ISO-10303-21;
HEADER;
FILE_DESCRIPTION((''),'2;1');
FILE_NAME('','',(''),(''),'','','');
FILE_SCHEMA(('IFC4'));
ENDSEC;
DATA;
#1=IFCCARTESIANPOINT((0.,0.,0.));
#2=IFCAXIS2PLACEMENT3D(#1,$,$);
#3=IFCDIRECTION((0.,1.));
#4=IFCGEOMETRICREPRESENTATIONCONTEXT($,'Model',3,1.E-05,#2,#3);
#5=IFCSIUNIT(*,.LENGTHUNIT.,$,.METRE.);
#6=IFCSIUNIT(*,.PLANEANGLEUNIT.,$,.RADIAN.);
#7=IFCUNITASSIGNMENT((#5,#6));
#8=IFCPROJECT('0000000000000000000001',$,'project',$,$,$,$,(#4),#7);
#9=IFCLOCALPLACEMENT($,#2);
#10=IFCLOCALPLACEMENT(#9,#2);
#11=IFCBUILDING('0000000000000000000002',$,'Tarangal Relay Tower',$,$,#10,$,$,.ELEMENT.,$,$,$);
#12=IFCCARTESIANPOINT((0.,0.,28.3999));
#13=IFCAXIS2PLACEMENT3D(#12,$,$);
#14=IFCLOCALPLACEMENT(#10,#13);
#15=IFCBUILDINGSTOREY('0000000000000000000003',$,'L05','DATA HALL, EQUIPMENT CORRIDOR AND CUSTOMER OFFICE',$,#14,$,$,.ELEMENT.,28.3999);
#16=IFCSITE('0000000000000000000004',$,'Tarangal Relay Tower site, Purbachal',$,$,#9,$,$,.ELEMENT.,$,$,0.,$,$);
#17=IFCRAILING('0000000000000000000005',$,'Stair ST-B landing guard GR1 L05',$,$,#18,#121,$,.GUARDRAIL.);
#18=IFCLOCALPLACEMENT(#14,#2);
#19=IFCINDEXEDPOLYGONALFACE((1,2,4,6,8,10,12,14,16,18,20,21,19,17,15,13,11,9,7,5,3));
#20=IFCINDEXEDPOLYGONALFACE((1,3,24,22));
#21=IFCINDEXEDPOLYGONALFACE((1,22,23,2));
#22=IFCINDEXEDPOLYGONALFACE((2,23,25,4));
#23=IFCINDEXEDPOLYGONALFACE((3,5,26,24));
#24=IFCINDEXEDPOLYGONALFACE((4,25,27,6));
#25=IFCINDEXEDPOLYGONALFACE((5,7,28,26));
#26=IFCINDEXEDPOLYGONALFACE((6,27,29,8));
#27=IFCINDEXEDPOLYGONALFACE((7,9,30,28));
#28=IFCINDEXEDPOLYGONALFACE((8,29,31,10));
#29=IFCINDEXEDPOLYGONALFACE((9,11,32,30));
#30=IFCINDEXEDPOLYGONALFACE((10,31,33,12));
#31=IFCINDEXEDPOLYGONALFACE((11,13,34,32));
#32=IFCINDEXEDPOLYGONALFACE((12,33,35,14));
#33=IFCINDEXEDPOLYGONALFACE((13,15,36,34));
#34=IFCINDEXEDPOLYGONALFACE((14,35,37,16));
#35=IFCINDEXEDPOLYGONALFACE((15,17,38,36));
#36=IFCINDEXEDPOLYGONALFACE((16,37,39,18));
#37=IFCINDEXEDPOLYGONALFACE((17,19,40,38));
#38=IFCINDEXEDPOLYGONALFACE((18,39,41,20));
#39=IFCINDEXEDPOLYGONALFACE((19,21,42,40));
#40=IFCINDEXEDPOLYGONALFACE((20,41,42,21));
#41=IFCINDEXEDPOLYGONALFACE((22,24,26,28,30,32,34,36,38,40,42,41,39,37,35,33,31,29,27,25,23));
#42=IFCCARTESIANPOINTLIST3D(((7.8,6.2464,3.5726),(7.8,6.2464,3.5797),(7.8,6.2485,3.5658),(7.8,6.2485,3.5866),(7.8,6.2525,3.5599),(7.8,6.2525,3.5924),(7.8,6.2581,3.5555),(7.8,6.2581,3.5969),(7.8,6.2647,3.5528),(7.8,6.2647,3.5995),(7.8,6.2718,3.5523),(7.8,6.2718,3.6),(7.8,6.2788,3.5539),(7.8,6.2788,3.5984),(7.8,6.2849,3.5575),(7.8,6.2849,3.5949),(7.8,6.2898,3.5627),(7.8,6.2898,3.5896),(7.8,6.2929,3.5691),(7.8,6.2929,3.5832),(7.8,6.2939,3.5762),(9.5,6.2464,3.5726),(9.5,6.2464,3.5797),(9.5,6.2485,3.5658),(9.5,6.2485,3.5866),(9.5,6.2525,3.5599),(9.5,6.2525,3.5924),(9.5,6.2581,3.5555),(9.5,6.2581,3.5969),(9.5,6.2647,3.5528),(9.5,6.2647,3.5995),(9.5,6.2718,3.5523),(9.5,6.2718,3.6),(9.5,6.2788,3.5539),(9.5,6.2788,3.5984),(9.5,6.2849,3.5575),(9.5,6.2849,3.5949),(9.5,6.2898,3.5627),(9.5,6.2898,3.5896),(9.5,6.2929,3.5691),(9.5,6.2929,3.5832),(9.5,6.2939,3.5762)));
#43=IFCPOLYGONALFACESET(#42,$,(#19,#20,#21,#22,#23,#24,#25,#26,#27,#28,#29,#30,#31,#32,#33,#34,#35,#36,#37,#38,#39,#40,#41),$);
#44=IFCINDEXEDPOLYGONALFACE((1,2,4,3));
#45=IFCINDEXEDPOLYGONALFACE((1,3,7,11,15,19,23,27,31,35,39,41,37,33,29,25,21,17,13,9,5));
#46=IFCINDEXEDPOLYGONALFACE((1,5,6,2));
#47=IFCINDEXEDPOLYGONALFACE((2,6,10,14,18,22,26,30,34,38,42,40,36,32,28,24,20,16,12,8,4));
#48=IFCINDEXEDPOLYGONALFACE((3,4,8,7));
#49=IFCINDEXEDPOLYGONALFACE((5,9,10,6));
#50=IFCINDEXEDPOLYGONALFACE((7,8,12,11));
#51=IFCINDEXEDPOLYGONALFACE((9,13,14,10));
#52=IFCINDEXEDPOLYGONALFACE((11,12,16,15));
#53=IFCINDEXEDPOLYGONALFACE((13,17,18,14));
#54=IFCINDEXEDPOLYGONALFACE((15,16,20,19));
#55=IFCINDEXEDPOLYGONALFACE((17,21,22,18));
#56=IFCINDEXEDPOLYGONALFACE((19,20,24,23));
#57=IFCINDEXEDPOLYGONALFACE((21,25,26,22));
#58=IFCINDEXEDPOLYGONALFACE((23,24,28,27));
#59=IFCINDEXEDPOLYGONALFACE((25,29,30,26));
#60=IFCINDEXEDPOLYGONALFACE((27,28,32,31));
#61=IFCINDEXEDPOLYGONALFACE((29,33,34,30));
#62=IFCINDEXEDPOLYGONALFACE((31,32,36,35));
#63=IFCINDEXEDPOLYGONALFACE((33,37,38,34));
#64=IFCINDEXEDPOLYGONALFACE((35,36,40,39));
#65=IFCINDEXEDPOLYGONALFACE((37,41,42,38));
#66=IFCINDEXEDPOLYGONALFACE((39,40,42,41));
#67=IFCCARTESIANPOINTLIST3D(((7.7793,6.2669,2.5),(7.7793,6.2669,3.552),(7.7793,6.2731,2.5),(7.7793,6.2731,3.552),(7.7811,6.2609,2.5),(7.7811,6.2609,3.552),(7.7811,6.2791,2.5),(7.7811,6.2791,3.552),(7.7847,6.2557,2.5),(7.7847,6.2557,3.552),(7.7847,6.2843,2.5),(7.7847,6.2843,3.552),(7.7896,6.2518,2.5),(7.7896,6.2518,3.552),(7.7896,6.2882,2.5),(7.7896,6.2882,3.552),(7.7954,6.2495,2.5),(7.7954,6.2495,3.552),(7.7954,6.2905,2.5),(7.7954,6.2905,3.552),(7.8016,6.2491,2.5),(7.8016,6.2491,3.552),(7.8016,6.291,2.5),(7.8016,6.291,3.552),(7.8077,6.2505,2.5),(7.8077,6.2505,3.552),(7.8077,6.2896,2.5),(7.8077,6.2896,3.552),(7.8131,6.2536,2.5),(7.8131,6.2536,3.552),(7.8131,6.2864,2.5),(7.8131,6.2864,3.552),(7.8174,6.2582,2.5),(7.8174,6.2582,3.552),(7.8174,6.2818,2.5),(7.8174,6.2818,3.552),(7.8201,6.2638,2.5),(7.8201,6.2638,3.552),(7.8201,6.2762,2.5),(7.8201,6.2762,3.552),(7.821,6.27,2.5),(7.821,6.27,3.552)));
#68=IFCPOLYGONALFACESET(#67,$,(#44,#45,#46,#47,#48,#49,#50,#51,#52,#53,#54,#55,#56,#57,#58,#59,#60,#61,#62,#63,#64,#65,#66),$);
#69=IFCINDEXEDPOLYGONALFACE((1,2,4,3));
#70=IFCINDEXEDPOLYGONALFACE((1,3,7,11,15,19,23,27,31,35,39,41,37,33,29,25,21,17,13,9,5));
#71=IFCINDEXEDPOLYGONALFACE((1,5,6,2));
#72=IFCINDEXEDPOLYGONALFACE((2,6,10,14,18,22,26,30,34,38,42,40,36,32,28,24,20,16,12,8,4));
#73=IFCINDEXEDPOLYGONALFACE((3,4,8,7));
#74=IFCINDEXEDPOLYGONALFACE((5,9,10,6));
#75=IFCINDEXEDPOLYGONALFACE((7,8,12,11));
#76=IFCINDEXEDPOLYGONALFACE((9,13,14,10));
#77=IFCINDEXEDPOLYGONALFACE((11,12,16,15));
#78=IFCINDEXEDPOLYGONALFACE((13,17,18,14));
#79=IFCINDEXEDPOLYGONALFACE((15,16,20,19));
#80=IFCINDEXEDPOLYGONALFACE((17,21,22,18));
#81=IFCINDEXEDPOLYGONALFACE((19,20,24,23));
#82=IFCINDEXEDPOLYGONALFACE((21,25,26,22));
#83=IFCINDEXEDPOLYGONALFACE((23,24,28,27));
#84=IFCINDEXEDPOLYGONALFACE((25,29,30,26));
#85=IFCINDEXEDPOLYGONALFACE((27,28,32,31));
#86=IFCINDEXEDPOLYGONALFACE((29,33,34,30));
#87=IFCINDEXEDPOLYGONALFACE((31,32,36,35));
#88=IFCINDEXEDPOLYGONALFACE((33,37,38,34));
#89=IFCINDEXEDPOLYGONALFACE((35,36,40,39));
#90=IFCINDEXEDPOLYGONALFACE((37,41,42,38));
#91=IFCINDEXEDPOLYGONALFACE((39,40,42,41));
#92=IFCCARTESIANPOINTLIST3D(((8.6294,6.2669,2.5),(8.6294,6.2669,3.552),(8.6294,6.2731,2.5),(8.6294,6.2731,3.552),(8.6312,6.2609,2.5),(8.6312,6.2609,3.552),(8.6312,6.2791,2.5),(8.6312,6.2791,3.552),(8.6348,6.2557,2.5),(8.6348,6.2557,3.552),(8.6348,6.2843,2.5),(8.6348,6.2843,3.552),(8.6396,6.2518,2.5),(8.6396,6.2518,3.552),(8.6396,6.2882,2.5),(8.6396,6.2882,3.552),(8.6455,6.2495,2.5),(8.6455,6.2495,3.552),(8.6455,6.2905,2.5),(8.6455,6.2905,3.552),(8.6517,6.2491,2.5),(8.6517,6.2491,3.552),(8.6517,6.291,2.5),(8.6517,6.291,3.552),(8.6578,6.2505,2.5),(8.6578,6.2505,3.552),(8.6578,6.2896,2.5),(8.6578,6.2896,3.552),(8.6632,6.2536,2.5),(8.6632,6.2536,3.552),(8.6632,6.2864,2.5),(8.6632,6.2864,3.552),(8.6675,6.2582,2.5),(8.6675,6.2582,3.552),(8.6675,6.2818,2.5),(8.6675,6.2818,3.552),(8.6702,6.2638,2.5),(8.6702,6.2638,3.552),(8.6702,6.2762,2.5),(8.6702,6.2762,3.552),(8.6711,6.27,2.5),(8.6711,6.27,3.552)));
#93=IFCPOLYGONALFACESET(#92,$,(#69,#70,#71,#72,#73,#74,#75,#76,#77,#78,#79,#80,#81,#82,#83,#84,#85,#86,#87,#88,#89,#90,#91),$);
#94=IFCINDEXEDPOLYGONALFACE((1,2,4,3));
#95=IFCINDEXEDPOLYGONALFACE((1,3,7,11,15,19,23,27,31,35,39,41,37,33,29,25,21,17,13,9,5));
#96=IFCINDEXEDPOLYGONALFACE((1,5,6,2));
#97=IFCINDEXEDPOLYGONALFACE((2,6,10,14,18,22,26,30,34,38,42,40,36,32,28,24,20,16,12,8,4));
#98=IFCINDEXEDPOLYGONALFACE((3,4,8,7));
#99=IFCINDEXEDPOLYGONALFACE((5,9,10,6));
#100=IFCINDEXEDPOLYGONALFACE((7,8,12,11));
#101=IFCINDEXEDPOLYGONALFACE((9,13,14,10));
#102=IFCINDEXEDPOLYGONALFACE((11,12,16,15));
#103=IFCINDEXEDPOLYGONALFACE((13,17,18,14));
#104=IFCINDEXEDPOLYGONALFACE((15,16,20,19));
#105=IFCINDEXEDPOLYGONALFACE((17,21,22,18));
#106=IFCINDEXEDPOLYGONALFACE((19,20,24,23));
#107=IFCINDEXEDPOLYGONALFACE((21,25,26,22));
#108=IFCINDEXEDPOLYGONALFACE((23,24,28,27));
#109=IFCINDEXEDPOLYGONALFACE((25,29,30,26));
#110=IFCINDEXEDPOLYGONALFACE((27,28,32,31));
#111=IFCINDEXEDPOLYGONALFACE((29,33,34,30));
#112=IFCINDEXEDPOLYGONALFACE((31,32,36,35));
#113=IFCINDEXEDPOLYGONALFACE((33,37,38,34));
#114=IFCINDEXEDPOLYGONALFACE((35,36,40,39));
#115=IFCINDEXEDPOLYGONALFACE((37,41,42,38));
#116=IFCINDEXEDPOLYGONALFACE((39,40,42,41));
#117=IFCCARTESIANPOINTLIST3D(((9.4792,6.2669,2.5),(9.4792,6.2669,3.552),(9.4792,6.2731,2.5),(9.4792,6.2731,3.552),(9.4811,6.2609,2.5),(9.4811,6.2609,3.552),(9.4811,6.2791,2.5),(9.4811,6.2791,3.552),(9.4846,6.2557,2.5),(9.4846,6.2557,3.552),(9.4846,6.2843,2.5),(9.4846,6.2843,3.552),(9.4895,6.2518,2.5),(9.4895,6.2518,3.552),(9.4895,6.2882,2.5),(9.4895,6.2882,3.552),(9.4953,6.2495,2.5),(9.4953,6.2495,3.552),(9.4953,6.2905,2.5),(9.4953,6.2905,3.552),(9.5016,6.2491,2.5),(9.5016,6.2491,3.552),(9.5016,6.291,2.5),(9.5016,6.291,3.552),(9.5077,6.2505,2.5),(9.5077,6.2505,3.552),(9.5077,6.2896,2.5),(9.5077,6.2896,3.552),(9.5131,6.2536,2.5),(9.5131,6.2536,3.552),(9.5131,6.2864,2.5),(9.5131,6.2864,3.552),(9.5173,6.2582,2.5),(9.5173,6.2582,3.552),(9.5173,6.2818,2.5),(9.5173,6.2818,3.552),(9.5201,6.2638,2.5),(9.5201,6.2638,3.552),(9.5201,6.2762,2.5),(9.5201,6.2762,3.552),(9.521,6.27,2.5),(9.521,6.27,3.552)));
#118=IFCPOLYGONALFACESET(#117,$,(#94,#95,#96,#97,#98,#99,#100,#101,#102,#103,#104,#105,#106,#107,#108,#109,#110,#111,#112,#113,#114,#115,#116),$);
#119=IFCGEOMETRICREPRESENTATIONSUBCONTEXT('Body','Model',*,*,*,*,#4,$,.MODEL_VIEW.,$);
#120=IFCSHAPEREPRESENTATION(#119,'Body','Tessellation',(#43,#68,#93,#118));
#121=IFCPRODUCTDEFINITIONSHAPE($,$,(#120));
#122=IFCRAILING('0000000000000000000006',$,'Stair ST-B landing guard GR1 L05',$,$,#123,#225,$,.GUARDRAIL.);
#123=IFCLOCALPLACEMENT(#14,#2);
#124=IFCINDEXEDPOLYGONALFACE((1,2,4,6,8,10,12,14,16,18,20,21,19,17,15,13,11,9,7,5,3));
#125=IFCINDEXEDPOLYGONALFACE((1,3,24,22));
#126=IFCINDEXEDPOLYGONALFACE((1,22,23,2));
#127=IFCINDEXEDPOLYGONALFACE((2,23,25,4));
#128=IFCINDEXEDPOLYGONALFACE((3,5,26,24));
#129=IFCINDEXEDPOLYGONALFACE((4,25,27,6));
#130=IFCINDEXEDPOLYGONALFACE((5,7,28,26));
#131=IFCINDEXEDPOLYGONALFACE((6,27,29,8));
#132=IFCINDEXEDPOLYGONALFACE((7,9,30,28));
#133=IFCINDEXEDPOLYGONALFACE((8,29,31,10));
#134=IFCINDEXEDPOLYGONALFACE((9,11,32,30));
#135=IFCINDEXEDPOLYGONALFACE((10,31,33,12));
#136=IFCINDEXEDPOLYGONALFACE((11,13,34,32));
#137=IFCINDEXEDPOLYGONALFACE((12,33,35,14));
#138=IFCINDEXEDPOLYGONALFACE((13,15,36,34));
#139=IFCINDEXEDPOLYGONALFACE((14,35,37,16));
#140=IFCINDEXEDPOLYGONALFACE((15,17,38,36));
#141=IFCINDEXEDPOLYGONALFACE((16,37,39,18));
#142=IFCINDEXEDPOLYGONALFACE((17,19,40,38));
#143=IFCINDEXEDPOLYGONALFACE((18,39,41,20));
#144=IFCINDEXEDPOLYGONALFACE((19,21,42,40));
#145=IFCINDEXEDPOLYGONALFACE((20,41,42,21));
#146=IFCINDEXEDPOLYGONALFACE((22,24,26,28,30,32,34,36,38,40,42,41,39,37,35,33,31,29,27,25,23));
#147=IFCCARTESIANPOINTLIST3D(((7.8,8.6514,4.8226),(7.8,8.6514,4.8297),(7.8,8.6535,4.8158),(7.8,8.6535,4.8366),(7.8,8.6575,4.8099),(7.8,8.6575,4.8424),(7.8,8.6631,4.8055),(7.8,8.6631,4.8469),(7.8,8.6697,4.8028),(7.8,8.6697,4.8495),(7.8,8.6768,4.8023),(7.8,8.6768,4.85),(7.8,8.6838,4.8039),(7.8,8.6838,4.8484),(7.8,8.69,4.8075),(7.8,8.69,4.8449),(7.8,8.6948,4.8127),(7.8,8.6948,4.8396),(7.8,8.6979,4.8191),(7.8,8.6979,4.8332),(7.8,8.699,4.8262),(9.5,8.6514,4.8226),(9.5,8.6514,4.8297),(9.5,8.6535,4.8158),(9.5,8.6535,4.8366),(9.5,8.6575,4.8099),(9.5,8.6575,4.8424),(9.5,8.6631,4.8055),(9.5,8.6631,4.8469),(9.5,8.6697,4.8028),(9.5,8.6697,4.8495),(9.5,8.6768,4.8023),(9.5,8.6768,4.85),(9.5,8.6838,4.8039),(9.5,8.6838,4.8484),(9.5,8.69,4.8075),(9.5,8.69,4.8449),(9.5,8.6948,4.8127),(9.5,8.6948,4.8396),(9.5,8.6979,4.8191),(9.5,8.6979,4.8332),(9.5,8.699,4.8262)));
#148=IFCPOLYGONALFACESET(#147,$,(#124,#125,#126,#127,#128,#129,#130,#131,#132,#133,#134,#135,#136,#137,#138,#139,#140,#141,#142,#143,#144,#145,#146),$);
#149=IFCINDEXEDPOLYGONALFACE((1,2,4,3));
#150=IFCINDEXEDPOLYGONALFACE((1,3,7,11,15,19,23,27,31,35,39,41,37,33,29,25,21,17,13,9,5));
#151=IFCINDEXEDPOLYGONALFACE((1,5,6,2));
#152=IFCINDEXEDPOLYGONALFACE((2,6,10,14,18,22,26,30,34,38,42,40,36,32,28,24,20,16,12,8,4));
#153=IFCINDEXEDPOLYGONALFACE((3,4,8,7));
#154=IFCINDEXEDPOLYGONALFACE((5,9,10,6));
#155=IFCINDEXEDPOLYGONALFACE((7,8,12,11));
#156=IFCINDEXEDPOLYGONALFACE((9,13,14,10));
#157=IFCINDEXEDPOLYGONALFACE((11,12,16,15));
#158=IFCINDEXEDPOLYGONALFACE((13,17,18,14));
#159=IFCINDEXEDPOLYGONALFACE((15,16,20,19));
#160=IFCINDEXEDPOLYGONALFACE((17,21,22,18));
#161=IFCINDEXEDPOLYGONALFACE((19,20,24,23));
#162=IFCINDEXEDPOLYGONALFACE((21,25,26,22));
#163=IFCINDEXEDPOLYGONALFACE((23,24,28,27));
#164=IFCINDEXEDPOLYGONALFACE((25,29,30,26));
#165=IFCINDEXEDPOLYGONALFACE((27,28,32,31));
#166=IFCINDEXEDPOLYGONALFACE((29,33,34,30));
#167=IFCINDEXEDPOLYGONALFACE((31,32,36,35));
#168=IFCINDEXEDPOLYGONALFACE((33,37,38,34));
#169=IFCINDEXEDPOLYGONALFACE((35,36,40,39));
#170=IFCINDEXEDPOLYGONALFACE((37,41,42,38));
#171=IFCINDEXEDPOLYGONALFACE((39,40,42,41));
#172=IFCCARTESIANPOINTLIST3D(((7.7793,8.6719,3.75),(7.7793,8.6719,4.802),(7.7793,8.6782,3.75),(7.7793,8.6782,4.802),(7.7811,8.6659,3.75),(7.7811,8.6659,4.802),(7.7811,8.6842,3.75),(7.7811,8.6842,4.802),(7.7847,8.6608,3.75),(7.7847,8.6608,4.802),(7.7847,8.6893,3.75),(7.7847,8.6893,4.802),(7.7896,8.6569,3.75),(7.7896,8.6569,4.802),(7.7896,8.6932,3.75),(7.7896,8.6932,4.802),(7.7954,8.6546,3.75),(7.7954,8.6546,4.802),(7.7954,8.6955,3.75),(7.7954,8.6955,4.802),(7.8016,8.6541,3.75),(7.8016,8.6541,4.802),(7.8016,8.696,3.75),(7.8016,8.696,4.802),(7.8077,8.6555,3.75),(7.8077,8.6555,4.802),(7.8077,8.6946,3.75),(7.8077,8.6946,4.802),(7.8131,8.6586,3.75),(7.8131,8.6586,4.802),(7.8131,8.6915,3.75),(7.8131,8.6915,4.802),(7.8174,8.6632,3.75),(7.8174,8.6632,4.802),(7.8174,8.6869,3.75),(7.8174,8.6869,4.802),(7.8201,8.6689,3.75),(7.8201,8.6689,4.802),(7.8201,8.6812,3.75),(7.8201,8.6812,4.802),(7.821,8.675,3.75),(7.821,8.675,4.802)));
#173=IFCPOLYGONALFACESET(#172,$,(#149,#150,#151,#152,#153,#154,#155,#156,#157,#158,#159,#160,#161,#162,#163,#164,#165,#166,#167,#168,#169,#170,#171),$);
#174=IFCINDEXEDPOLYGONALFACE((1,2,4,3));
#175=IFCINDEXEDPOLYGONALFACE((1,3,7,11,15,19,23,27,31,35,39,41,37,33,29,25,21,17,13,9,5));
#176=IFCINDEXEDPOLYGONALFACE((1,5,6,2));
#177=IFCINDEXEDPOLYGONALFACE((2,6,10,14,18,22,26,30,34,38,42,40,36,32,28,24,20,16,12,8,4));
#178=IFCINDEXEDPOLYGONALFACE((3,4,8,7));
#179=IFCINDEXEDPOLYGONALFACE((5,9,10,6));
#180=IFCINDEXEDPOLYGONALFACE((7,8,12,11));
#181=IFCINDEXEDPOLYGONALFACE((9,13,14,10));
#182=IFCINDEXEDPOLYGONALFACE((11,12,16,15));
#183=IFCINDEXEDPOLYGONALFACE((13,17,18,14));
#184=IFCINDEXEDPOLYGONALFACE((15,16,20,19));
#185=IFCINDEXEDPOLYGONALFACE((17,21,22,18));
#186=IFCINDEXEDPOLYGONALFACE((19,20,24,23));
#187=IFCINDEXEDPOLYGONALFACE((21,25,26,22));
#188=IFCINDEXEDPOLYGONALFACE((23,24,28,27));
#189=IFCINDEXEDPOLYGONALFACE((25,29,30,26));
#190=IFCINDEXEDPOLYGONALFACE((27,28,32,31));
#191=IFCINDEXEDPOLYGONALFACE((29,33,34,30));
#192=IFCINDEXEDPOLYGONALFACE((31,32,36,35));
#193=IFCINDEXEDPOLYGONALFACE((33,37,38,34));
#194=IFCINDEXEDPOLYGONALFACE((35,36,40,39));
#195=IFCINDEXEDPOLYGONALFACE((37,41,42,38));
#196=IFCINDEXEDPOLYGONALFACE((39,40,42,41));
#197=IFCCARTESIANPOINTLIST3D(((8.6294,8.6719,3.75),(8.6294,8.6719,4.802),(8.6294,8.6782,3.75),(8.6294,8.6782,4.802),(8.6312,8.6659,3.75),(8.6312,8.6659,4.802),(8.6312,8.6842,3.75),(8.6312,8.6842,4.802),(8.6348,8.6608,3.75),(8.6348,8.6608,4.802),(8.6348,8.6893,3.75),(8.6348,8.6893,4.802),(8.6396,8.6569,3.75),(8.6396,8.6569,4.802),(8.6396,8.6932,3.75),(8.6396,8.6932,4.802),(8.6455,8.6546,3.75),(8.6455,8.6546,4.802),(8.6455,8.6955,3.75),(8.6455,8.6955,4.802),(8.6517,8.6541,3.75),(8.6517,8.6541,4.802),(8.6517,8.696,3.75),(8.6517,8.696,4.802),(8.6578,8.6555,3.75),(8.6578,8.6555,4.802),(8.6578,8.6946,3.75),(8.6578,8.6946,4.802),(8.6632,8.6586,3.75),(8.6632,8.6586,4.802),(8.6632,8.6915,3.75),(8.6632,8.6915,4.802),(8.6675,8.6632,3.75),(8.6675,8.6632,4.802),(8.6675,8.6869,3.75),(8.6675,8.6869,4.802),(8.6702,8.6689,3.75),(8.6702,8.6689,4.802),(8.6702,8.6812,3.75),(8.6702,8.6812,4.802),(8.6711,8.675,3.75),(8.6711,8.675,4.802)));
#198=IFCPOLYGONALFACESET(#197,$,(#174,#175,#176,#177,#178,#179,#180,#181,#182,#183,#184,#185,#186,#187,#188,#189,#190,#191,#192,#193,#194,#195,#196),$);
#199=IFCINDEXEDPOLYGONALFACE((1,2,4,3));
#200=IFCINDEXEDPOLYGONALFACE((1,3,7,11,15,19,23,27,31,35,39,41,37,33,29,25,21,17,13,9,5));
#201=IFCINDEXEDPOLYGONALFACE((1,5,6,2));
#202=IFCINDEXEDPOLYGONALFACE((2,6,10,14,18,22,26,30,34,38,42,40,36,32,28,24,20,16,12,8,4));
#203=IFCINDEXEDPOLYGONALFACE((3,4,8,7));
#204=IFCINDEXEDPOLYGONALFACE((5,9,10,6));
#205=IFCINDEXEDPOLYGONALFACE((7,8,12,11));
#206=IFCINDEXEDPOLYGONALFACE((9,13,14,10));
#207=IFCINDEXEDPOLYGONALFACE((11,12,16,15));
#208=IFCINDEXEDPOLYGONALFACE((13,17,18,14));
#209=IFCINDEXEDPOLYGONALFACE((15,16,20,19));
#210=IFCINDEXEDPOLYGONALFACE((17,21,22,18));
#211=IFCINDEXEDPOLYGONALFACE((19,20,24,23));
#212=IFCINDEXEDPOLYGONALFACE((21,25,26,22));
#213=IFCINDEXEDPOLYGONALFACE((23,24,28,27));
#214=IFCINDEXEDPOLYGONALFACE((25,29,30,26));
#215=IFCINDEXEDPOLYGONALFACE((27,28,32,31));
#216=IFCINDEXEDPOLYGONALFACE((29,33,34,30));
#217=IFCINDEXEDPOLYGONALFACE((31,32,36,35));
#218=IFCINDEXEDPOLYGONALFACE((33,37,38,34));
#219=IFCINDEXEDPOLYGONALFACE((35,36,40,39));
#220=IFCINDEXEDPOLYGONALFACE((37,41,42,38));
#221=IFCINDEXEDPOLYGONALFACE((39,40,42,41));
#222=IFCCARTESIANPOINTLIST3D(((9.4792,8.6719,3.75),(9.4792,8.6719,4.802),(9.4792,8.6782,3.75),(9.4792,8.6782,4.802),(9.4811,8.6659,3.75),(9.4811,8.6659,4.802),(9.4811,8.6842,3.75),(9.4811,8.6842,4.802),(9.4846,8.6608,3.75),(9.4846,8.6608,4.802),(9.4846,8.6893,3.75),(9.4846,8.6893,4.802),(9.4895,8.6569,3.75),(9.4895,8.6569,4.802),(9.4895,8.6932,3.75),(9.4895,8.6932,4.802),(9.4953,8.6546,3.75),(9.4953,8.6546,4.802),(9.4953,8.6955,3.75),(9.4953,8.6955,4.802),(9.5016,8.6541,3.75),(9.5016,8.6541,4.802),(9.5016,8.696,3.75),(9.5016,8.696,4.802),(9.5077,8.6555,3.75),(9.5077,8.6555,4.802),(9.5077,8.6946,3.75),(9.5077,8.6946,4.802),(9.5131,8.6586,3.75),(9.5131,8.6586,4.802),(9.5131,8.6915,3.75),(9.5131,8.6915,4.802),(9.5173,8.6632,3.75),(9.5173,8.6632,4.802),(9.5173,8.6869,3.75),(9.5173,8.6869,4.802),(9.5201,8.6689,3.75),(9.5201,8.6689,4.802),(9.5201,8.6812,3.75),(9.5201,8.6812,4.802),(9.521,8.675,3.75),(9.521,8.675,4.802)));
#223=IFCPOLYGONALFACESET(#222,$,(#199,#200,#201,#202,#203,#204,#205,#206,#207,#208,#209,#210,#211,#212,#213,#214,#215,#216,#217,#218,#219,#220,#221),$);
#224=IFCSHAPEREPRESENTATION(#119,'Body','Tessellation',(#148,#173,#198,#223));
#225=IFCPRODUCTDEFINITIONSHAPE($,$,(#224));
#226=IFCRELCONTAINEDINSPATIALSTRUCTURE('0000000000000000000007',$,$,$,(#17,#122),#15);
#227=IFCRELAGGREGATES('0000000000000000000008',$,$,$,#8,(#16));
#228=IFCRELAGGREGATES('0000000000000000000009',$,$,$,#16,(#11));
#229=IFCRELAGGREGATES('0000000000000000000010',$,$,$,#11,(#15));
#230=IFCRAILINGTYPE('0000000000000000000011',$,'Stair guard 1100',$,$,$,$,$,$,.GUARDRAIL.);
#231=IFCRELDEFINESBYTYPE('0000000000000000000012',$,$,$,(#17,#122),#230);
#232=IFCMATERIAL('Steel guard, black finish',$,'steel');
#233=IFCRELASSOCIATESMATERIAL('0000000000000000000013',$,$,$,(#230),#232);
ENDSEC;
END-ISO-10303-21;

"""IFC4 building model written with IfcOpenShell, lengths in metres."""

from ifc_helpers import new_model, si_unit, direction, frame, origin, origin_2d, place, context, subcontext, project, spatial, circle, extrude, material, type_object, element, save


model = new_model("IFC4")

# Units and contexts
model_context = context("Model", 3, precision=1e-05, world=origin(), true_north=direction((0.0, 1.0)))
body_context = subcontext(model_context, "Body", "Model", "MODEL_VIEW")
ifc_project = project(units=[si_unit("LENGTHUNIT", "METRE"), si_unit("PLANEANGLEUNIT", "RADIAN")], contexts=[model_context])

# Site, building, storey
site_placement = place(None, origin())
site = spatial("IfcSite", under=ifc_project, at=site_placement, Name="Tarangal Relay Tower site, Purbachal", CompositionType="ELEMENT", RefElevation=0.0)
building_placement = place(site_placement, origin())
building = spatial("IfcBuilding", under=site, at=building_placement, Name="Tarangal Relay Tower", CompositionType="ELEMENT")
storey_placement = place(building_placement, frame((0.0, 0.0, 28.3999)))
storey = spatial("IfcBuildingStorey", under=building, at=storey_placement, Name="L05", Description="DATA HALL, EQUIPMENT CORRIDOR AND CUSTOMER OFFICE", CompositionType="ELEMENT", Elevation=28.3999)

# Railings
ifc_material_1 = material(Name="Steel guard, black finish", Category="steel")
railing_type_1 = type_object("IfcRailingType", Name="Stair guard 1100", PredefinedType="GUARDRAIL", material=ifc_material_1)
for number, where, name in (
    (1, (7.8, 6.27, 2.5), "Stair ST-B landing guard GR1 L05"),
    (2, (7.8, 8.675, 3.75), "Stair ST-B landing guard GR1 L05"),
):
    element("IfcRailing", number, at=place(storey_placement, frame(where)), inside=storey, type_object=railing_type_1, Name=name, PredefinedType="GUARDRAIL", context=body_context, shape_type="SweptSolid", body=[
        extrude(circle(Radius=0.0239, at=origin_2d()), frame((0.0, 0.0, 1.0762), z_axis=(1.0, 0.0, 0.0), x_axis=(0.0, 1.0, 0.0)), (0.0, 0.0, 1.0), 1.7),
        extrude(circle(Radius=0.021, at=origin_2d()), origin(), (0.0, 0.0, 1.0), 1.052),
        extrude(circle(Radius=0.021, at=origin_2d()), frame((0.8501, 0.0, 0.0)), (0.0, 0.0, 1.0), 1.052),
        extrude(circle(Radius=0.021, at=origin_2d()), frame((1.7, 0.0, 0.0)), (0.0, 0.0, 1.0), 1.052),
    ])

save(model, "model.ifc")
